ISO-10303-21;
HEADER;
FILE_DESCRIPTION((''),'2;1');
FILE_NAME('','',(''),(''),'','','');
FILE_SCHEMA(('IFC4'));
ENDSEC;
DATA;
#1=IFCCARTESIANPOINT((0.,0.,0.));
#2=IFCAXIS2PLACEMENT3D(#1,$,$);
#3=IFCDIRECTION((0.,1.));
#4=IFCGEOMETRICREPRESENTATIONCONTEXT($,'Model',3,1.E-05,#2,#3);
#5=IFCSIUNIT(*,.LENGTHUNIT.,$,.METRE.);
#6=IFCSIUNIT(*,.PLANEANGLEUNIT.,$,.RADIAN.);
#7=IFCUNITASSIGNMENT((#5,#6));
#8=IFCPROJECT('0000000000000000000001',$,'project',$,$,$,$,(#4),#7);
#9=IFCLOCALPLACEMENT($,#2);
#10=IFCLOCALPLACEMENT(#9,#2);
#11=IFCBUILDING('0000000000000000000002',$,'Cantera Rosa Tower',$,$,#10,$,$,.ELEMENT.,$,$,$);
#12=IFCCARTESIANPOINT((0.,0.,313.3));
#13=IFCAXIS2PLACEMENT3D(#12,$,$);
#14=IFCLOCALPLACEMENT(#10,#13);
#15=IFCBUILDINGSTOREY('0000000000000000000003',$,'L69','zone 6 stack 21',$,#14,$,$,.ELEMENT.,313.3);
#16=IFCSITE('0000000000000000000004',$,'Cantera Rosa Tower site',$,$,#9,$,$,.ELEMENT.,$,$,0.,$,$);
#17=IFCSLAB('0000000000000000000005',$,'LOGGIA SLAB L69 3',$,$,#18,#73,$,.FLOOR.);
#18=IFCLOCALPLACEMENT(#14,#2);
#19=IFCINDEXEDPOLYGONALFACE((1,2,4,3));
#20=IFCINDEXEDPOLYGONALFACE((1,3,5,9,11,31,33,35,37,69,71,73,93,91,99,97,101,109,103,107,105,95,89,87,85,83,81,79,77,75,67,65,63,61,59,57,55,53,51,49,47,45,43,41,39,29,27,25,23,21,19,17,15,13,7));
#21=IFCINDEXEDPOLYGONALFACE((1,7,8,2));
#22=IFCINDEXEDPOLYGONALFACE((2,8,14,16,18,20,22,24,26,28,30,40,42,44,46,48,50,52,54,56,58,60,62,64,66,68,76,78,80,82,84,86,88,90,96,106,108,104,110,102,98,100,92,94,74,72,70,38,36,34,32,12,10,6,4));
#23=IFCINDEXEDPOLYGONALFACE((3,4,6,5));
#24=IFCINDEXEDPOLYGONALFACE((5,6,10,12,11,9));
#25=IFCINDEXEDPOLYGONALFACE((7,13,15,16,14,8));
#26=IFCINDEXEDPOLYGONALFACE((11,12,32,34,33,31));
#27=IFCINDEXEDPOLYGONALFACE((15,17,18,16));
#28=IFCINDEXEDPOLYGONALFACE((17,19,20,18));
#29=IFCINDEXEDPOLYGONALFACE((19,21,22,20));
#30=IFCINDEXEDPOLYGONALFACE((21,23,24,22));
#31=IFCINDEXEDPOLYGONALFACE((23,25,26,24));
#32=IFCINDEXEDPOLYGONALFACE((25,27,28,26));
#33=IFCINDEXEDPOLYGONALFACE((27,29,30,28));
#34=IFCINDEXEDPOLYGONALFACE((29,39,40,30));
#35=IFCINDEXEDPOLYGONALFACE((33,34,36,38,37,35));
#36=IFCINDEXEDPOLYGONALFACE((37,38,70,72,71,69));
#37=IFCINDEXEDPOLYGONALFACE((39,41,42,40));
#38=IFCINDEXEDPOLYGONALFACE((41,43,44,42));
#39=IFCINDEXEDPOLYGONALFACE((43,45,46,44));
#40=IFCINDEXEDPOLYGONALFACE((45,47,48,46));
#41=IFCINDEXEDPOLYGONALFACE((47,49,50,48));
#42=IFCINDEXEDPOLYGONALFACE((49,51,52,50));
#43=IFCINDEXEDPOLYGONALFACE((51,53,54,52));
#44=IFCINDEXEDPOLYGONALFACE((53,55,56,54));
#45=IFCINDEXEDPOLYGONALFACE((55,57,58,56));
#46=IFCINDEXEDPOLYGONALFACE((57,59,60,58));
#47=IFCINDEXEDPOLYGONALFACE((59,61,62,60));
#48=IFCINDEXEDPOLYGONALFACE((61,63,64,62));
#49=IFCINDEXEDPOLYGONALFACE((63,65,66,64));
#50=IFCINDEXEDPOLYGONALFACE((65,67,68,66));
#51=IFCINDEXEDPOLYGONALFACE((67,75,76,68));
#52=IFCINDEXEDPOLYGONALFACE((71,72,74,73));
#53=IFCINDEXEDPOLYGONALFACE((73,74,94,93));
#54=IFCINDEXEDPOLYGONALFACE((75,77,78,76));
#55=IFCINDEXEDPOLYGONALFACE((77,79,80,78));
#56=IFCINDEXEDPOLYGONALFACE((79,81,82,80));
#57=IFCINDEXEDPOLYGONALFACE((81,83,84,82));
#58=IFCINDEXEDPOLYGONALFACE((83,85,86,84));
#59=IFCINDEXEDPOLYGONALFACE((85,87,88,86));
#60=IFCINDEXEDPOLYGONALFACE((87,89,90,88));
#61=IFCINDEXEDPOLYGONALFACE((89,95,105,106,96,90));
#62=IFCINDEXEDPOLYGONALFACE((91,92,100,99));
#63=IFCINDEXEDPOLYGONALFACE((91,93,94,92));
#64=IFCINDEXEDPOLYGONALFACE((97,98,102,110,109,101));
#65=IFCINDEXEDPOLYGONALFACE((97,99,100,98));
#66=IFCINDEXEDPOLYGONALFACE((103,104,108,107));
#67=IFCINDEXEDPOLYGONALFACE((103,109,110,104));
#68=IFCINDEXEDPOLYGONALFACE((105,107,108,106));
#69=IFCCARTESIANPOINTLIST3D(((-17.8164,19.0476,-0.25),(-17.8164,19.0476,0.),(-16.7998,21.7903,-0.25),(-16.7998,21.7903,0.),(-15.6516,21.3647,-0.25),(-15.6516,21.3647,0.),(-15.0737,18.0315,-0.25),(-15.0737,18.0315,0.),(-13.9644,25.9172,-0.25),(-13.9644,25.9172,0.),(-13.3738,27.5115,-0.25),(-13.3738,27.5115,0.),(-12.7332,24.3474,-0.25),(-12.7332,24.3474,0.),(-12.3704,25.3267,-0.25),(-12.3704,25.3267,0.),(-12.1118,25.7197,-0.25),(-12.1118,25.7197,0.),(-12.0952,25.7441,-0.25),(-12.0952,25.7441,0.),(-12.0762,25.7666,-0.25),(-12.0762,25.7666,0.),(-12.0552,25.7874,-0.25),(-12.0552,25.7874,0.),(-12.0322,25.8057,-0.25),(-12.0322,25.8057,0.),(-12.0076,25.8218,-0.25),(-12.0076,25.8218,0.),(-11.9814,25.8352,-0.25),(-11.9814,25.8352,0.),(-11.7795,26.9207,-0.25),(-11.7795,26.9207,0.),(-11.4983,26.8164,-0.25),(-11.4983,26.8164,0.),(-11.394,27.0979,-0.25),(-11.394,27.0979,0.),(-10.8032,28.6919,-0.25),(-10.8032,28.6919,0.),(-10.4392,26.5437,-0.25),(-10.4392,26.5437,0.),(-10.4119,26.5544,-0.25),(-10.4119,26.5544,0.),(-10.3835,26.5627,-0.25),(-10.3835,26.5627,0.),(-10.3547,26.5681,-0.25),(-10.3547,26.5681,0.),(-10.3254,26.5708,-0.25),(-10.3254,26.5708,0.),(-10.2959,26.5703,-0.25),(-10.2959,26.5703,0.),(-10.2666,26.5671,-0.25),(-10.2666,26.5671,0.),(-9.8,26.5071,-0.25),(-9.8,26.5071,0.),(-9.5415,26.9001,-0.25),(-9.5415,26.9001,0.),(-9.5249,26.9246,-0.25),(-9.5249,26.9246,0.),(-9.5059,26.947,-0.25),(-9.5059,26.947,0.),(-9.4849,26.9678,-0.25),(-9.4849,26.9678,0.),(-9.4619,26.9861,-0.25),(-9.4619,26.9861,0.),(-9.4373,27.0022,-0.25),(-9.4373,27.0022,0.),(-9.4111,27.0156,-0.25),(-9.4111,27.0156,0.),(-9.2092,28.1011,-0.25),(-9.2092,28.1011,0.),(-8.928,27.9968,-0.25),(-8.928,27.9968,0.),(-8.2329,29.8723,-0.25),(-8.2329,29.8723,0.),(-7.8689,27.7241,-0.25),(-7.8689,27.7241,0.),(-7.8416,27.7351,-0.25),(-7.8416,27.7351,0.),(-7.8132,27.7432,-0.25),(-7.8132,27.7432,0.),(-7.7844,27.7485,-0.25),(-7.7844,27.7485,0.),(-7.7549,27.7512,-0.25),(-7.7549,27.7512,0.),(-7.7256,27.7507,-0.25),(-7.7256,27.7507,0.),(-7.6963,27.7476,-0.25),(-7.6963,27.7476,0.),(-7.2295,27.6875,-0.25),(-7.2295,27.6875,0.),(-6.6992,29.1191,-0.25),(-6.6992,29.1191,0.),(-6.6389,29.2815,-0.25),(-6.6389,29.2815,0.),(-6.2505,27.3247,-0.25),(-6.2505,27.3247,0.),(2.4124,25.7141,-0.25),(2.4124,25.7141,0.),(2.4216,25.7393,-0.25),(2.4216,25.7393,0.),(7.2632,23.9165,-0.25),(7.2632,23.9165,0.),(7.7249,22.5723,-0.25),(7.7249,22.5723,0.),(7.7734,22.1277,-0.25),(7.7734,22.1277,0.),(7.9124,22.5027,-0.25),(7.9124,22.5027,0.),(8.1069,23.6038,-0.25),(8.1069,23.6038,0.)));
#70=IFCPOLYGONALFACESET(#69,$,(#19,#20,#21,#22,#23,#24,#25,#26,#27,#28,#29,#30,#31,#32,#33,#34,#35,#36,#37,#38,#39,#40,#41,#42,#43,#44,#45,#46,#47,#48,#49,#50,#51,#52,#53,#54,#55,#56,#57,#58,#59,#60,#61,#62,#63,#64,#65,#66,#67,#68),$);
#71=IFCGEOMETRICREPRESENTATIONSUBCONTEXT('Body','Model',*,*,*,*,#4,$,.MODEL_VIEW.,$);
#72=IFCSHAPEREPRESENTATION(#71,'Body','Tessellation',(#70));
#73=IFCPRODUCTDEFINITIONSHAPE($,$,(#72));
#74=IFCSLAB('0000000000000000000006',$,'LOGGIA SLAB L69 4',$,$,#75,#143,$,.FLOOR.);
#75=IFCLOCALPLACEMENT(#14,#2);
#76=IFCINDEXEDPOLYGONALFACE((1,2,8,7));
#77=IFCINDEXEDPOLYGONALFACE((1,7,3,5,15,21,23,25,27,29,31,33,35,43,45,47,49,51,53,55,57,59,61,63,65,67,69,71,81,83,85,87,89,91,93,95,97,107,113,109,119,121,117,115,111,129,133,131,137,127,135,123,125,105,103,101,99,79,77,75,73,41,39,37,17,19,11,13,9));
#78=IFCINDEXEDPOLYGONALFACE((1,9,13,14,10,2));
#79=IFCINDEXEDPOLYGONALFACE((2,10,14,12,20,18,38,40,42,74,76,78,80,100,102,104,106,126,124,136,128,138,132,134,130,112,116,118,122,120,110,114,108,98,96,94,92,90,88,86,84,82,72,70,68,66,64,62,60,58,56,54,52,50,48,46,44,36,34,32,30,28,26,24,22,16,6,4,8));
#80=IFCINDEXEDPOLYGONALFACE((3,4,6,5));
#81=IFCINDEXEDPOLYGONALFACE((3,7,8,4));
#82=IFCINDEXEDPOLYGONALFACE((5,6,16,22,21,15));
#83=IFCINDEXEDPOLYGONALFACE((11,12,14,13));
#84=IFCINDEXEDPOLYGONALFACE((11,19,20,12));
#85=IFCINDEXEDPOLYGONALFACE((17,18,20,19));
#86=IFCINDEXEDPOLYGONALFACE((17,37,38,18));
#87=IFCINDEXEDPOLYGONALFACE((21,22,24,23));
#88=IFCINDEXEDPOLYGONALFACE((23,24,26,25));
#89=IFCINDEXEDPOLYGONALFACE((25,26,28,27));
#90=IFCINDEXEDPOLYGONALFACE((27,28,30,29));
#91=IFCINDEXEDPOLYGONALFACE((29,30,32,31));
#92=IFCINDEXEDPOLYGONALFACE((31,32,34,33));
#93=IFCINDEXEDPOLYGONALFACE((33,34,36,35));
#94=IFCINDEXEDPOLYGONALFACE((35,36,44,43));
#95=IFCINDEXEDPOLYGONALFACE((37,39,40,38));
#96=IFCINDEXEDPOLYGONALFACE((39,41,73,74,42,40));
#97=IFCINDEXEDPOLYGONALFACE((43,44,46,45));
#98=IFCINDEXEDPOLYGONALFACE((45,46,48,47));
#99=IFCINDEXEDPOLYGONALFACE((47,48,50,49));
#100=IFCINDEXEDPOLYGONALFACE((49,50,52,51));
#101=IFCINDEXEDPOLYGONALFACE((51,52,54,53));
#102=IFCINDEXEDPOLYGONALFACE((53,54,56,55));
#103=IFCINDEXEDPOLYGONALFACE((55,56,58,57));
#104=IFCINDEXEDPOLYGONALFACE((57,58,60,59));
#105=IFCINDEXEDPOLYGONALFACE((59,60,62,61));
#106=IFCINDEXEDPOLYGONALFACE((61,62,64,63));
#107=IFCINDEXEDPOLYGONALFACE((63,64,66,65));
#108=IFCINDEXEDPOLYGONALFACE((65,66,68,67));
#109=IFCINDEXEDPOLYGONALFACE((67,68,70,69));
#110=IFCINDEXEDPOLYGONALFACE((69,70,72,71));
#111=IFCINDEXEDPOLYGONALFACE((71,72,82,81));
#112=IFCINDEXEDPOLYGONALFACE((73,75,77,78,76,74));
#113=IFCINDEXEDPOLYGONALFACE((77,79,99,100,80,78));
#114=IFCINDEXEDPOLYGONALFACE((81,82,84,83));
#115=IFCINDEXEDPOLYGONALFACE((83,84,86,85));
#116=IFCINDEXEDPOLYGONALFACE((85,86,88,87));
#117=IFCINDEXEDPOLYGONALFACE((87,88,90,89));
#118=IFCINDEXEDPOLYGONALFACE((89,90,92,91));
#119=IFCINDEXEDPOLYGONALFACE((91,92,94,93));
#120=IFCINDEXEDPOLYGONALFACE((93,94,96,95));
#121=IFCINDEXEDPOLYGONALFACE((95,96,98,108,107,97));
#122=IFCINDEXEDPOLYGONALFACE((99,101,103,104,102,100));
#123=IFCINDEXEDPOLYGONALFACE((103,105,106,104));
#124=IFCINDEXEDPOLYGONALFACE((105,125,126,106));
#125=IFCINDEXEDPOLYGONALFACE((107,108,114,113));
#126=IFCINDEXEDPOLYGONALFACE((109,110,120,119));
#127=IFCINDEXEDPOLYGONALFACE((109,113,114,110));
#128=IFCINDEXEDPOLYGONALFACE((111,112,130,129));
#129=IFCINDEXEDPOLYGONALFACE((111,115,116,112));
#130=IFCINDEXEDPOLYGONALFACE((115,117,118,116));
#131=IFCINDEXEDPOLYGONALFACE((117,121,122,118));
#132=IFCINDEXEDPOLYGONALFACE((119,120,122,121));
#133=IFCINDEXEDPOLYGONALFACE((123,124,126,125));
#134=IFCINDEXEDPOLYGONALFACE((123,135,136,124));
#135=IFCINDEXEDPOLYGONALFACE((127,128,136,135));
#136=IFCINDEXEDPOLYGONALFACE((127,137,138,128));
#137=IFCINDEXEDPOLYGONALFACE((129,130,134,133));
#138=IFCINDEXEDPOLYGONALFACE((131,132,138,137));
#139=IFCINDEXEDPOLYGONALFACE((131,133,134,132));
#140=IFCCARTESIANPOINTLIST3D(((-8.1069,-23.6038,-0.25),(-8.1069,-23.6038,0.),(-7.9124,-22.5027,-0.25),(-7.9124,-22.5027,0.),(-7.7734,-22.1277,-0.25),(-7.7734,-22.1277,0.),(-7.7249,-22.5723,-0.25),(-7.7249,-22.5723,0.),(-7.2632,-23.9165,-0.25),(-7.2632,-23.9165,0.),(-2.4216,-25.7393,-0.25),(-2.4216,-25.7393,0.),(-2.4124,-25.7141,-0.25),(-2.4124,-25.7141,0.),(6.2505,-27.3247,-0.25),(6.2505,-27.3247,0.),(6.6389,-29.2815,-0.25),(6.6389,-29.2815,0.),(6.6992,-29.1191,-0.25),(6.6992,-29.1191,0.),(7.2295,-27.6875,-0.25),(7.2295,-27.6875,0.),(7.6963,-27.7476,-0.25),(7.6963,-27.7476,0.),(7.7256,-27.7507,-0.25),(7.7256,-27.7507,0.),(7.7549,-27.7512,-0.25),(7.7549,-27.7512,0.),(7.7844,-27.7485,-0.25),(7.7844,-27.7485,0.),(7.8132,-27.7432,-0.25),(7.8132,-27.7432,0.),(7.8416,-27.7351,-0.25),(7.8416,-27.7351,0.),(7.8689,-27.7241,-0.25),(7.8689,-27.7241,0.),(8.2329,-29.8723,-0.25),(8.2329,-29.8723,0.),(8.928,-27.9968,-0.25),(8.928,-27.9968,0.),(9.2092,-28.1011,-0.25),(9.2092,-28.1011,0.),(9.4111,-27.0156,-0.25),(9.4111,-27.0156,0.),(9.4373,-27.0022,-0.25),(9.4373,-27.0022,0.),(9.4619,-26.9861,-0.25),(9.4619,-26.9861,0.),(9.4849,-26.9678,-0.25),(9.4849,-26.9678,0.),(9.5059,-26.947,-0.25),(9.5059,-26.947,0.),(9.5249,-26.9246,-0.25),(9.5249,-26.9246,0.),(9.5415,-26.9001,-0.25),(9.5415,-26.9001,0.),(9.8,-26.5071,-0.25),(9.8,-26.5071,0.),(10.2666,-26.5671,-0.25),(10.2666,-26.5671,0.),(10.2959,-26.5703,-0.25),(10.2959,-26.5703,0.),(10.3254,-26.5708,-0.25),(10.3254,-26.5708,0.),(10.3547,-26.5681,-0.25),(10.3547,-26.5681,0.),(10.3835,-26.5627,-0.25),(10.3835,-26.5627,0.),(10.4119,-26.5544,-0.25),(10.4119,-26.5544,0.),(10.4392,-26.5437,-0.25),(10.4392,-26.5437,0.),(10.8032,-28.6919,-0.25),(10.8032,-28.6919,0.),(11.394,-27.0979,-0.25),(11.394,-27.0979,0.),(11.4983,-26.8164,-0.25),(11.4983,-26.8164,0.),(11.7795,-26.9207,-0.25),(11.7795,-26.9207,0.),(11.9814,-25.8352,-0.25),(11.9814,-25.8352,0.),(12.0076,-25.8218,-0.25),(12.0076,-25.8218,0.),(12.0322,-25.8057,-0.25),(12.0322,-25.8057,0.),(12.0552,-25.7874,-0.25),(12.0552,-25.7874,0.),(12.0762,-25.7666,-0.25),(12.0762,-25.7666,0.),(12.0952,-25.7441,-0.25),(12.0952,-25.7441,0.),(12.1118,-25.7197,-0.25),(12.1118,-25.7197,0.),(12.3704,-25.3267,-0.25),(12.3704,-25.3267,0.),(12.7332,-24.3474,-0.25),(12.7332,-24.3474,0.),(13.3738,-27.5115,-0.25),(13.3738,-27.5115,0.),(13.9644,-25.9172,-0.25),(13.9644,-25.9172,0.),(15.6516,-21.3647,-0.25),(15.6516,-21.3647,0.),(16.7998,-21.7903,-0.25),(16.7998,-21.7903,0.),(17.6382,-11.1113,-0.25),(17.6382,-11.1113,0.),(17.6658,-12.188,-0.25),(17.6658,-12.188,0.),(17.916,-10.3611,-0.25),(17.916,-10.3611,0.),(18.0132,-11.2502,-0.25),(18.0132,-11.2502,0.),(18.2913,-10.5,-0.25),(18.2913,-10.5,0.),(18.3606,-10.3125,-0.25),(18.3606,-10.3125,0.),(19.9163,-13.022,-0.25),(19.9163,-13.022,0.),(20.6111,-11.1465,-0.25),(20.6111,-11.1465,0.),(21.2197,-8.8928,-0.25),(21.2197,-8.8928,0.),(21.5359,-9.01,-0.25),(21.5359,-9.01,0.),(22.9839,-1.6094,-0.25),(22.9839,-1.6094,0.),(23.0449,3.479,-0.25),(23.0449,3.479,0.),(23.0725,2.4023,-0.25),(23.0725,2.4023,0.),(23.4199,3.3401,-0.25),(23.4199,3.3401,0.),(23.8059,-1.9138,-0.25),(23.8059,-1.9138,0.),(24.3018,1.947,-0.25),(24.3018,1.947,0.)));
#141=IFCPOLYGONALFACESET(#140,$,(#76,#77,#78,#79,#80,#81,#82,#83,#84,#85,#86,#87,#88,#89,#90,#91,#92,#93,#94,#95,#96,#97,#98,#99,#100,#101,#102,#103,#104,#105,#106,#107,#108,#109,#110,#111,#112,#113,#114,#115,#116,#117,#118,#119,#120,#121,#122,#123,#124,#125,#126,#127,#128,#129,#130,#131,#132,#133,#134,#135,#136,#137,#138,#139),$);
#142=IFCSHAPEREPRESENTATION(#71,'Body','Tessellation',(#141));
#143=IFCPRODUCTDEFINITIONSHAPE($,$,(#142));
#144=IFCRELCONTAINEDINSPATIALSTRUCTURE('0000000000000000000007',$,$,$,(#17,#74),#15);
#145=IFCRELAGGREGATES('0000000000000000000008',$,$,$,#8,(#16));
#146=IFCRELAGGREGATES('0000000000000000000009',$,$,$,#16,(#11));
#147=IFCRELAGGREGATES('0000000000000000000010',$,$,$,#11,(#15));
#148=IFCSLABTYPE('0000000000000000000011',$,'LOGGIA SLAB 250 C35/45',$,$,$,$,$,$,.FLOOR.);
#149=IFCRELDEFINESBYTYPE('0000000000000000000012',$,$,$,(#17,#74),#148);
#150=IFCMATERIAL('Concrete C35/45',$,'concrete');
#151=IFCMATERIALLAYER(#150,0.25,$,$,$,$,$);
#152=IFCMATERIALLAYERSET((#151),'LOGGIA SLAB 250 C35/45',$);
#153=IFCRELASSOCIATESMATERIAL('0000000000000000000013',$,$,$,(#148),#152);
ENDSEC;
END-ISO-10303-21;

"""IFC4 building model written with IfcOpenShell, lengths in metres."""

from ifc_helpers import new_model, si_unit, direction, frame, origin, place, context, subcontext, project, spatial, polyline, outline, extrude, material, layer, layer_set, type_object, element, save


model = new_model("IFC4")

# Units and contexts
model_context = context("Model", 3, precision=1e-05, world=origin(), true_north=direction((0.0, 1.0)))
body_context = subcontext(model_context, "Body", "Model", "MODEL_VIEW")
ifc_project = project(units=[si_unit("LENGTHUNIT", "METRE"), si_unit("PLANEANGLEUNIT", "RADIAN")], contexts=[model_context])

# Site, building, storey
site_placement = place(None, origin())
site = spatial("IfcSite", under=ifc_project, at=site_placement, Name="Cantera Rosa Tower site", CompositionType="ELEMENT", RefElevation=0.0)
building_placement = place(site_placement, origin())
building = spatial("IfcBuilding", under=site, at=building_placement, Name="Cantera Rosa Tower", CompositionType="ELEMENT")
storey_placement = place(building_placement, frame((0.0, 0.0, 313.3)))
storey = spatial("IfcBuildingStorey", under=building, at=storey_placement, Name="L69", Description="zone 6 stack 21", CompositionType="ELEMENT", Elevation=313.3)

# Slabs
ifc_material_1 = material(Name="Concrete C35/45", Category="concrete")
ifc_layer_1 = layer(ifc_material_1, 0.25)
ifc_layer_set_1 = layer_set([ifc_layer_1], Name="LOGGIA SLAB 250 C35/45")
slab_type_1 = type_object("IfcSlabType", Name="LOGGIA SLAB 250 C35/45", PredefinedType="FLOOR", material=ifc_layer_set_1)
slab_1_placement = place(storey_placement, frame((0.0, 0.0, -0.25)))
element("IfcSlab", 1, at=slab_1_placement, inside=storey, type_object=slab_type_1, Name="LOGGIA SLAB L69 3", PredefinedType="FLOOR", context=body_context, shape_type="SweptSolid", body=[
    extrude(outline(polyline([(-15.6516, 21.3647), (-13.9644, 25.9172), (-13.3738, 27.5115), (-11.7795, 26.9207), (-11.4983, 26.8164), (-11.394, 27.0979), (-10.8032, 28.6919), (-9.2092, 28.1011), (-8.928, 27.9968), (-8.2329, 29.8723), (-6.6389, 29.2815), (-6.6992, 29.1191), (2.4216, 25.7393), (2.4124, 25.7141), (7.2632, 23.9165), (8.1069, 23.6038), (7.7249, 22.5723), (7.9124, 22.5027), (7.7734, 22.1277), (-6.2505, 27.3247), (-7.2295, 27.6875), (-7.6963, 27.7476), (-7.7256, 27.7507), (-7.7549, 27.7512), (-7.7844, 27.7485), (-7.8132, 27.7432), (-7.8416, 27.7351), (-7.8689, 27.7241), (-9.4111, 27.0156), (-9.4373, 27.0022), (-9.4619, 26.9861), (-9.4849, 26.9678), (-9.5059, 26.947), (-9.5249, 26.9246), (-9.5415, 26.9001), (-9.8, 26.5071), (-10.2666, 26.5671), (-10.2959, 26.5703), (-10.3254, 26.5708), (-10.3547, 26.5681), (-10.3835, 26.5627), (-10.4119, 26.5544), (-10.4392, 26.5437), (-11.9814, 25.8352), (-12.0076, 25.8218), (-12.0322, 25.8057), (-12.0552, 25.7874), (-12.0762, 25.7666), (-12.0952, 25.7441), (-12.1118, 25.7197), (-12.3704, 25.3267), (-12.7332, 24.3474), (-15.0737, 18.0315), (-17.8164, 19.0476), (-16.7998, 21.7903), (-15.6516, 21.3647)])), origin(), (0.0, 0.0, 1.0), 0.25),
])
slab_2_placement = place(storey_placement, frame((0.0, 0.0, -0.25)))
element("IfcSlab", 2, at=slab_2_placement, inside=storey, type_object=slab_type_1, Name="LOGGIA SLAB L69 4", PredefinedType="FLOOR", context=body_context, shape_type="SweptSolid", body=[
    extrude(outline(polyline([(13.9644, -25.9172), (13.3738, -27.5115), (11.7795, -26.9207), (11.4983, -26.8164), (11.394, -27.0979), (10.8032, -28.6919), (9.2092, -28.1011), (8.928, -27.9968), (8.2329, -29.8723), (6.6389, -29.2815), (6.6992, -29.1191), (-2.4216, -25.7393), (-2.4124, -25.7141), (-7.2632, -23.9165), (-8.1069, -23.6038), (-7.7249, -22.5723), (-7.9124, -22.5027), (-7.7734, -22.1277), (6.2505, -27.3247), (7.2295, -27.6875), (7.6963, -27.7476), (7.7256, -27.7507), (7.7549, -27.7512), (7.7844, -27.7485), (7.8132, -27.7432), (7.8416, -27.7351), (7.8689, -27.7241), (9.4111, -27.0156), (9.4373, -27.0022), (9.4619, -26.9861), (9.4849, -26.9678), (9.5059, -26.947), (9.5249, -26.9246), (9.5415, -26.9001), (9.8, -26.5071), (10.2666, -26.5671), (10.2959, -26.5703), (10.3254, -26.5708), (10.3547, -26.5681), (10.3835, -26.5627), (10.4119, -26.5544), (10.4392, -26.5437), (11.9814, -25.8352), (12.0076, -25.8218), (12.0322, -25.8057), (12.0552, -25.7874), (12.0762, -25.7666), (12.0952, -25.7441), (12.1118, -25.7197), (12.3704, -25.3267), (12.7332, -24.3474), (17.6382, -11.1113), (18.0132, -11.2502), (17.6658, -12.188), (19.9163, -13.022), (20.6111, -11.1465), (18.3606, -10.3125), (18.2913, -10.5), (17.916, -10.3611), (23.0449, 3.479), (23.4199, 3.3401), (23.0725, 2.4023), (24.3018, 1.947), (22.9839, -1.6094), (23.8059, -1.9138), (21.2197, -8.8928), (21.5359, -9.01), (16.7998, -21.7903), (15.6516, -21.3647), (13.9644, -25.9172)])), origin(), (0.0, 0.0, 1.0), 0.25),
])

save(model, "model.ifc")
